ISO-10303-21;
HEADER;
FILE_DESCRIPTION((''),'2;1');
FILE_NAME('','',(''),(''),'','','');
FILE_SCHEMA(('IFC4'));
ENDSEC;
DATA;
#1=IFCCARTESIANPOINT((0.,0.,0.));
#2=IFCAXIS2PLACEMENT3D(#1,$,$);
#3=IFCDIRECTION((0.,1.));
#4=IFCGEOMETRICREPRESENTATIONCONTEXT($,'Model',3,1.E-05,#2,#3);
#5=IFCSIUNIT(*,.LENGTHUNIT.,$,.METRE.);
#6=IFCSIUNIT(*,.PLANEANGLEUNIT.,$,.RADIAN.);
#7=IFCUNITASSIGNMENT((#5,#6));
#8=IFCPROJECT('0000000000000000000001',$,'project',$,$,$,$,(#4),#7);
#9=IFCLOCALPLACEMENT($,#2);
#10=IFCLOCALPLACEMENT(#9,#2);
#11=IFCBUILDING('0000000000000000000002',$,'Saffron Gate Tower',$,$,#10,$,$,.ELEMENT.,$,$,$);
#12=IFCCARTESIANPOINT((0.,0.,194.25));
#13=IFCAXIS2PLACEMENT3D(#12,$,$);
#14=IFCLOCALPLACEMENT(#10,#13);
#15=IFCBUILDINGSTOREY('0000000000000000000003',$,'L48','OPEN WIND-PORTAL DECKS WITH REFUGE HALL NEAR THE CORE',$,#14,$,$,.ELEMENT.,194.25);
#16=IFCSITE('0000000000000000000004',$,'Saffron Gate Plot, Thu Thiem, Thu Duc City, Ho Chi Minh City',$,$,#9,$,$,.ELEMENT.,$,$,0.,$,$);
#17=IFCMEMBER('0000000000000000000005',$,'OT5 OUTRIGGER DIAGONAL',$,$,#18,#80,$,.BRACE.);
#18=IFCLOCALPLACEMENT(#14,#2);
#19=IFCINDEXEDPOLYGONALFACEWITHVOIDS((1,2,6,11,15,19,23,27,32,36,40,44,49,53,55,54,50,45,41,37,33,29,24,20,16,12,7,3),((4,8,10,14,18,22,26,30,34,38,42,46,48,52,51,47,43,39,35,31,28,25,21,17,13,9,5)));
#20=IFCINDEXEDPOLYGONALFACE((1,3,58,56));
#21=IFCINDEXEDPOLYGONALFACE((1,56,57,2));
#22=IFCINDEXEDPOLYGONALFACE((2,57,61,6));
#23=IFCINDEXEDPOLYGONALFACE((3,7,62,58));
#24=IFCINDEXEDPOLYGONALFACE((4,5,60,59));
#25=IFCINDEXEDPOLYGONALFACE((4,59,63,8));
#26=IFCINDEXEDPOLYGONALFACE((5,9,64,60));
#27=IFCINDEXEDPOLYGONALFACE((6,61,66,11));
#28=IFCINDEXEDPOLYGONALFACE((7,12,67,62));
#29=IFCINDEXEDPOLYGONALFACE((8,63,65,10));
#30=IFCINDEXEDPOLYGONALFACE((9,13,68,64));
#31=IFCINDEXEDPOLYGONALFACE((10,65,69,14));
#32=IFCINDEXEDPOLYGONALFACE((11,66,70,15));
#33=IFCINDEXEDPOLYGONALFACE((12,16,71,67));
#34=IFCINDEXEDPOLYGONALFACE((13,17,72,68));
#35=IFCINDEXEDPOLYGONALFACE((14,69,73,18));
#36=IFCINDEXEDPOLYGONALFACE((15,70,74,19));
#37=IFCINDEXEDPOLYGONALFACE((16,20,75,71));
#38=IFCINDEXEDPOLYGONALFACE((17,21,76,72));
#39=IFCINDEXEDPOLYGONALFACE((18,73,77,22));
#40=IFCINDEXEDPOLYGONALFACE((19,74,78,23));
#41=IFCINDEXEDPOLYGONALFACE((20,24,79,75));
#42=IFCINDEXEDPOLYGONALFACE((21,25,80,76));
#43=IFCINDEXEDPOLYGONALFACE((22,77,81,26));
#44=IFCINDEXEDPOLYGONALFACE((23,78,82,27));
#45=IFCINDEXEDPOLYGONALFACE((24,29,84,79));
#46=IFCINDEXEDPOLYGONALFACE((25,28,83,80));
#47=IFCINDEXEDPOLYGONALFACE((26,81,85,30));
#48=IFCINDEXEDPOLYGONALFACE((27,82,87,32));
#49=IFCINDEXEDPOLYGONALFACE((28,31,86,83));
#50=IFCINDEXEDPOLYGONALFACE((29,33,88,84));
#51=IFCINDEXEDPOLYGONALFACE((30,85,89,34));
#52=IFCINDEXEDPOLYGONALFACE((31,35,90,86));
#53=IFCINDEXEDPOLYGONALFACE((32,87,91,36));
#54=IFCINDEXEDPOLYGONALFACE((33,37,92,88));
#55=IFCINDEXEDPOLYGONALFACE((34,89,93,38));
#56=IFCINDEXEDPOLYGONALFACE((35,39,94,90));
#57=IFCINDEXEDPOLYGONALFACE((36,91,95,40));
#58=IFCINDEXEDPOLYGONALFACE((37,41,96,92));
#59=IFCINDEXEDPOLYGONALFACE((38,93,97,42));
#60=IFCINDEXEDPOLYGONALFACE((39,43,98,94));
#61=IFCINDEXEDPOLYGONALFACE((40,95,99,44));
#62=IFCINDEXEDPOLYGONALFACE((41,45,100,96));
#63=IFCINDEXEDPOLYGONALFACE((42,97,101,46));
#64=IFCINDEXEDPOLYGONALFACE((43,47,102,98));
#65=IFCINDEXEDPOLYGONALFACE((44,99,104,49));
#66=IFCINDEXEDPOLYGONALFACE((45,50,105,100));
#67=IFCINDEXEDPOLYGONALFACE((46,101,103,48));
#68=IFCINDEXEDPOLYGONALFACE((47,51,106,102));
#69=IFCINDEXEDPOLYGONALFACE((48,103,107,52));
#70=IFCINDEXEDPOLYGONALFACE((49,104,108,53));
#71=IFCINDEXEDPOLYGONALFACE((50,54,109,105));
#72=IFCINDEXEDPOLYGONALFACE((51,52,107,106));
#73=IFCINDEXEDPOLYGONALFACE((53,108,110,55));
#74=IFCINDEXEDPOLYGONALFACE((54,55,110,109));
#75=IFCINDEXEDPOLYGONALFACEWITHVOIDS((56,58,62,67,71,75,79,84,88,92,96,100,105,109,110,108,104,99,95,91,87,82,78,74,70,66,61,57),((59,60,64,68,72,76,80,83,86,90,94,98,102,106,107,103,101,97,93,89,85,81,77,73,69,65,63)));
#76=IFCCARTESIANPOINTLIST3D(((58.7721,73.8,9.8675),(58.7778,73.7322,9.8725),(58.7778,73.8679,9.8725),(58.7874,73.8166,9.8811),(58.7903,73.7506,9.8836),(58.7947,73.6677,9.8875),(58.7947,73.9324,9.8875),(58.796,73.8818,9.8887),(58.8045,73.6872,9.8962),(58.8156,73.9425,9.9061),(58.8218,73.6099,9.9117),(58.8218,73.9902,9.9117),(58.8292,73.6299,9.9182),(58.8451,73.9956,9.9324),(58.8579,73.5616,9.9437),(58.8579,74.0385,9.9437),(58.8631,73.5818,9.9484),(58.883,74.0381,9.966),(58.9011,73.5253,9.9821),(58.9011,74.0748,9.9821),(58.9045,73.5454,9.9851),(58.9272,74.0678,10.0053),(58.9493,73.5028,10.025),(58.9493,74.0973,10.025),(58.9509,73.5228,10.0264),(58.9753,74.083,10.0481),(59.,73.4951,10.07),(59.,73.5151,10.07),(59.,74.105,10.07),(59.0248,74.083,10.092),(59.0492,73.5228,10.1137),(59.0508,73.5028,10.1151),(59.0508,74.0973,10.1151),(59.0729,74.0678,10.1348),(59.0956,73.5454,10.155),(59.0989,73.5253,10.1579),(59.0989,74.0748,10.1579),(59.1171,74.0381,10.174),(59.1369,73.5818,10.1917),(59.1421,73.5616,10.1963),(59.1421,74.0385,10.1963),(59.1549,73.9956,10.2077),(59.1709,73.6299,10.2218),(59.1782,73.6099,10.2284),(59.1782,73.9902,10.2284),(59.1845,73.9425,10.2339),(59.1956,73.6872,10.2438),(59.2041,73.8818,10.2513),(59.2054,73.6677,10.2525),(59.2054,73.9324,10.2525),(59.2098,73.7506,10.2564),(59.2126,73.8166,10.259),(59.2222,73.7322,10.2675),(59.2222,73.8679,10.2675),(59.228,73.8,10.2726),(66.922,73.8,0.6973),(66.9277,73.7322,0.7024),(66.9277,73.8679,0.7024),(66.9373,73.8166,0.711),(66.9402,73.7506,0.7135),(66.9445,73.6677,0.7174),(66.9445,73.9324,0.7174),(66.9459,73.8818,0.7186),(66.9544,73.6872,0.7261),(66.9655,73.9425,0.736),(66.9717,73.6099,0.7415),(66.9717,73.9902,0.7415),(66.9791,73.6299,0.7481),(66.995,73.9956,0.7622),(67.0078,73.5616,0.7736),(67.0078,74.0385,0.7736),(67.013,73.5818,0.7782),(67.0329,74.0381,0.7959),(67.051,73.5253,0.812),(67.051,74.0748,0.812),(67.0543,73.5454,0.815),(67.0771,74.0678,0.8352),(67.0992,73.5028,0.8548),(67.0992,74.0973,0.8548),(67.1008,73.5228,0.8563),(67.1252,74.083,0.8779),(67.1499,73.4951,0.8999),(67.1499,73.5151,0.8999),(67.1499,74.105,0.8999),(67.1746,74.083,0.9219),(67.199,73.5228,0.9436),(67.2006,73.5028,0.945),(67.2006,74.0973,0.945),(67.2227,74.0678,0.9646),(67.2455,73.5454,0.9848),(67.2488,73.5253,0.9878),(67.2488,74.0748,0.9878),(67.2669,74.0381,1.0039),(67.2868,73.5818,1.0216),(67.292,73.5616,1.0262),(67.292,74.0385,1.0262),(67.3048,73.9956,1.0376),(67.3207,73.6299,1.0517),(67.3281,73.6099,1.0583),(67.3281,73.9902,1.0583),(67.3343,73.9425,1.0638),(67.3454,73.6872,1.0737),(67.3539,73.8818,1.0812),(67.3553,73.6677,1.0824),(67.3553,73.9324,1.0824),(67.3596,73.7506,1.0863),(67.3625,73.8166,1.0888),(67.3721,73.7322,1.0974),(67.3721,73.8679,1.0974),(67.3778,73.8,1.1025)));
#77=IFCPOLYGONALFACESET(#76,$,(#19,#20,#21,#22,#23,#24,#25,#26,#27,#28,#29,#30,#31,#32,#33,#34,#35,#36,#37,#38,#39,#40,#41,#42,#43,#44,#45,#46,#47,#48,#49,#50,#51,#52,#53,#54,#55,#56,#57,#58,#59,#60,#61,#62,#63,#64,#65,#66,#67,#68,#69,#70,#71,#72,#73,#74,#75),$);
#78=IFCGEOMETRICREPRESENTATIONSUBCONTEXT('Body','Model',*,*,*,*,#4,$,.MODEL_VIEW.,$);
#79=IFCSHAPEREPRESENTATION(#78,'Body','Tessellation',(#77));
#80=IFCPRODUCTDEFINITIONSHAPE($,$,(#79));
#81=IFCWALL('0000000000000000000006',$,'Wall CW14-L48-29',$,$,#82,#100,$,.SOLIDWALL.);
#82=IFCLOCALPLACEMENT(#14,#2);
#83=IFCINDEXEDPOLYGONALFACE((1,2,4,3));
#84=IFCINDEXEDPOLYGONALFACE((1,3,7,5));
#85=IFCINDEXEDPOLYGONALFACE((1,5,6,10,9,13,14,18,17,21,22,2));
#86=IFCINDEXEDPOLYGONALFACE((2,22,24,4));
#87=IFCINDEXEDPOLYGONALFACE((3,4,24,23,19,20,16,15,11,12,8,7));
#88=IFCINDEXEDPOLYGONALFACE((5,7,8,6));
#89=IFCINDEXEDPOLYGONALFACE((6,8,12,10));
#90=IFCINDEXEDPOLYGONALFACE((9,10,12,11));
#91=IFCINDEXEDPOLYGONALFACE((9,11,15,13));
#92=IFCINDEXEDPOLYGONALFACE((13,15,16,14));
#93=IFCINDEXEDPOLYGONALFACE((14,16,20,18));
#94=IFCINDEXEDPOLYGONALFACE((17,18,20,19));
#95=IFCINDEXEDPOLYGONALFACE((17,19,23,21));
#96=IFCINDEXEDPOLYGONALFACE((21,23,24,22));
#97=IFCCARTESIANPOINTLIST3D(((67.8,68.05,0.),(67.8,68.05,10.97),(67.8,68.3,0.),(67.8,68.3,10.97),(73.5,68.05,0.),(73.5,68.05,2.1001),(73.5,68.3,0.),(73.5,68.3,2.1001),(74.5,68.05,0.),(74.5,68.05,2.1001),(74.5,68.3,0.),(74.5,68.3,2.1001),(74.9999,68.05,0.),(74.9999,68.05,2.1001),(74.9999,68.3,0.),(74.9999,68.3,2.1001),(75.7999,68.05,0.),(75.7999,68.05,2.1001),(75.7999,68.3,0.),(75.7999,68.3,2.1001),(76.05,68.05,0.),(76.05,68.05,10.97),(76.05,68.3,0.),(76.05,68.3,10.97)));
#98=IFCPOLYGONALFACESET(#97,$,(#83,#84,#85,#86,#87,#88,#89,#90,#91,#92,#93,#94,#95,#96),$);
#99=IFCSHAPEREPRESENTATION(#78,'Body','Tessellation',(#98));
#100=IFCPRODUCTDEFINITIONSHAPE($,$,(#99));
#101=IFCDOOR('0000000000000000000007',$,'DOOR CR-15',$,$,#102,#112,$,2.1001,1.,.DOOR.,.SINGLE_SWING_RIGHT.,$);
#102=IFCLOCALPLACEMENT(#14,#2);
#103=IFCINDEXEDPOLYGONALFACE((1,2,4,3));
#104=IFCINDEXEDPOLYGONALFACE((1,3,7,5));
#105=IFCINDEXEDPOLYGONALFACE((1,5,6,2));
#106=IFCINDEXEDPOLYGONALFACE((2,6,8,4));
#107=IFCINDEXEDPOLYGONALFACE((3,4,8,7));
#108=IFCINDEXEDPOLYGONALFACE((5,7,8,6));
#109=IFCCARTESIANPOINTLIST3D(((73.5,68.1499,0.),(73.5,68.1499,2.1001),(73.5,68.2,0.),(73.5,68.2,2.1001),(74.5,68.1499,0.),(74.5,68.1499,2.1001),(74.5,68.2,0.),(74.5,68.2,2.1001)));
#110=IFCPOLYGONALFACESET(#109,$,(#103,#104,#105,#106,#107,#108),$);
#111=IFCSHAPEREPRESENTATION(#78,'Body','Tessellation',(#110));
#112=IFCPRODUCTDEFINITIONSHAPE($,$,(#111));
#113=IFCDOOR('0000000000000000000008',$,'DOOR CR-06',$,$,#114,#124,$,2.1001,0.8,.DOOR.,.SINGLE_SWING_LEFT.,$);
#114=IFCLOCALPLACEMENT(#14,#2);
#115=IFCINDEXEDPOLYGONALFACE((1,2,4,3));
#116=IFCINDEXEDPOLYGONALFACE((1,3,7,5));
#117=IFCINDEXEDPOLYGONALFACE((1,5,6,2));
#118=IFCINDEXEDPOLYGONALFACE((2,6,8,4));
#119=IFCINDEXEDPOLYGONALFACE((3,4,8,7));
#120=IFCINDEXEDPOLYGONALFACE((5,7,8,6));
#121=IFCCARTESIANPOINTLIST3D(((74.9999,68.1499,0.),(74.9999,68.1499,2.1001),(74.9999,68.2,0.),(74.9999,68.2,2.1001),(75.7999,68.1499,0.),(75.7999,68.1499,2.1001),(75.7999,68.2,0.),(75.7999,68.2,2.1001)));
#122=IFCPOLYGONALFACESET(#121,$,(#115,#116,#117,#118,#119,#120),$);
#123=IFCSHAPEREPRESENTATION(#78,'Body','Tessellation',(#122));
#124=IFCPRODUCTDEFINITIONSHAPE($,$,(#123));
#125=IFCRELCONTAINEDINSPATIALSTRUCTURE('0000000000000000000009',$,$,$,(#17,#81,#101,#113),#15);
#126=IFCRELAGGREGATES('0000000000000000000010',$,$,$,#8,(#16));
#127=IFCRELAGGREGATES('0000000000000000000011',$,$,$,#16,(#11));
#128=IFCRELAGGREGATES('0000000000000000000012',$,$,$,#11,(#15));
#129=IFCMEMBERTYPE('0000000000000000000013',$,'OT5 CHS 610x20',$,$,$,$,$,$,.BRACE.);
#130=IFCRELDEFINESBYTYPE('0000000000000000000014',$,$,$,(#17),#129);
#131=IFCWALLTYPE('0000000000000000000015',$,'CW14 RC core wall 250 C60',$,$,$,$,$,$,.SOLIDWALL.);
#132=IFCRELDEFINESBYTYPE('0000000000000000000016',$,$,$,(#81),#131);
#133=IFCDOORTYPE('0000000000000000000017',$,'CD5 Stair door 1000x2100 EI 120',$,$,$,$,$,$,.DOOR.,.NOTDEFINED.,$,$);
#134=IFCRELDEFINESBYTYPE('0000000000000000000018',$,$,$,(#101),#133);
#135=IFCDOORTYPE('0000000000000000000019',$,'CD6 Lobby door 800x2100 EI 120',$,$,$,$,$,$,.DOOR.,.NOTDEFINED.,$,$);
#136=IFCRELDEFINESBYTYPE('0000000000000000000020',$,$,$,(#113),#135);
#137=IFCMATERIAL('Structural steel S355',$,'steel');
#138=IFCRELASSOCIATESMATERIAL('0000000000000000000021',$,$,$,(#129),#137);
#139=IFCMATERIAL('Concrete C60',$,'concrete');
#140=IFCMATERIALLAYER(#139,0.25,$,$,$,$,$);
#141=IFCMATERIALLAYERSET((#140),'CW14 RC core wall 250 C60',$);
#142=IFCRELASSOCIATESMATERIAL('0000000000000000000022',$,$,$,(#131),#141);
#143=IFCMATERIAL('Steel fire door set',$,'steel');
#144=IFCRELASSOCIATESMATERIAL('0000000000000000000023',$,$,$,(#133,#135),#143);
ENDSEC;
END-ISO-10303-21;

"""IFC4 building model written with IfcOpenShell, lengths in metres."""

from ifc_helpers import new_model, si_unit, direction, frame, frame_2d, origin, origin_2d, place, context, subcontext, project, spatial, rectangle, hollow_circle, extrude, material, layer, layer_set, material_profile, profile_set, type_object, element, fill, save


model = new_model("IFC4")

# Units and contexts
model_context = context("Model", 3, precision=1e-05, world=origin(), true_north=direction((0.0, 1.0)))
body_context = subcontext(model_context, "Body", "Model", "MODEL_VIEW")
ifc_project = project(units=[si_unit("LENGTHUNIT", "METRE"), si_unit("PLANEANGLEUNIT", "RADIAN")], contexts=[model_context])

# Site, building, storey
site_placement = place(None, origin())
site = spatial("IfcSite", under=ifc_project, at=site_placement, Name="Saffron Gate Plot, Thu Thiem, Thu Duc City, Ho Chi Minh City", CompositionType="ELEMENT", RefElevation=0.0)
building_placement = place(site_placement, origin())
building = spatial("IfcBuilding", under=site, at=building_placement, Name="Saffron Gate Tower", CompositionType="ELEMENT")
storey_placement = place(building_placement, frame((0.0, 0.0, 194.25)))
storey = spatial("IfcBuildingStorey", under=building, at=storey_placement, Name="L48", Description="OPEN WIND-PORTAL DECKS WITH REFUGE HALL NEAR THE CORE", CompositionType="ELEMENT", Elevation=194.25)

# Shared definitions
ifc_material_1 = material(Name="Structural steel S355", Category="steel")

# Member
ifc_material_profile_1 = material_profile(ifc_material_1, hollow_circle(Radius=0.3049, WallThickness=0.02, at=origin_2d()))
ifc_profile_set_1 = profile_set([ifc_material_profile_1], Name="Structural steel S355")
member_type_1 = type_object("IfcMemberType", Name="OT5 CHS 610x20", PredefinedType="BRACE", material=ifc_profile_set_1)
member_placement = place(storey_placement, frame((67.1499, 73.8, 0.8999), z_axis=(-0.664302, 0.0, 0.747464), x_axis=(0.0, -1.0, 0.0)))
element("IfcMember", 1, at=member_placement, inside=storey, type_object=member_type_1, Name="OT5 OUTRIGGER DIAGONAL", PredefinedType="BRACE", context=body_context, shape_type="SweptSolid", body=[
    extrude(hollow_circle(Radius=0.3049, WallThickness=0.02, at=origin_2d()), origin(), (0.0, 0.0, 1.0), 12.2683),
])

# Wall, openings, doors
ifc_material_2 = material(Name="Concrete C60", Category="concrete")
ifc_layer_1 = layer(ifc_material_2, 0.25)
ifc_layer_set_1 = layer_set([ifc_layer_1], Name="CW14 RC core wall 250 C60")
wall_type_1 = type_object("IfcWallType", Name="CW14 RC core wall 250 C60", PredefinedType="SOLIDWALL", material=ifc_layer_set_1)
wall_1_placement = place(storey_placement, frame((67.8, 68.175, 0.0), z_axis=(0.0, 0.0, 1.0), x_axis=(1.0, 0.0, 0.0)))
wall_1 = element("IfcWall", 2, at=wall_1_placement, inside=storey, type_object=wall_type_1, Name="Wall CW14-L48-29", PredefinedType="SOLIDWALL", context=body_context, shape_type="SweptSolid", body=[
    extrude(rectangle(XDim=8.25, YDim=0.25, at=frame_2d((4.125, 0.0))), origin(), (0.0, 0.0, 1.0), 10.97),
])
opening_1_placement = place(wall_1_placement, frame((5.7, 0.0, 0.0)))
opening_1 = element("IfcOpeningElement", 3, at=opening_1_placement, cuts=wall_1, PredefinedType="OPENING", context=body_context, shape_type="SweptSolid", body=[
    extrude(rectangle(XDim=1.0, YDim=2.1001, at=frame_2d((0.5, 1.05))), frame((0.0, 0.135, 0.0), z_axis=(0.0, -1.0, 0.0), x_axis=(1.0, 0.0, 0.0)), (0.0, 0.0, 1.0), 0.27),
])
opening_2_placement = place(wall_1_placement, frame((7.2, 0.0, 0.0)))
opening_2 = element("IfcOpeningElement", 4, at=opening_2_placement, cuts=wall_1, PredefinedType="OPENING", context=body_context, shape_type="SweptSolid", body=[
    extrude(rectangle(XDim=0.8, YDim=2.1001, at=frame_2d((0.3999, 1.05))), frame((0.0, 0.135, 0.0), z_axis=(0.0, -1.0, 0.0), x_axis=(1.0, 0.0, 0.0)), (0.0, 0.0, 1.0), 0.27),
])
ifc_material_3 = material(Name="Steel fire door set", Category="steel")
door_type_1 = type_object("IfcDoorType", Name="CD5 Stair door 1000x2100 EI 120", OperationType="NOTDEFINED", PredefinedType="DOOR", material=ifc_material_3)
door_1_placement = place(opening_1_placement, origin())
door_1 = element("IfcDoor", 5, at=door_1_placement, inside=storey, type_object=door_type_1, Name="DOOR CR-15", OperationType="SINGLE_SWING_RIGHT", OverallHeight=2.1001, OverallWidth=1.0, PredefinedType="DOOR", context=body_context, shape_type="SweptSolid", body=[
    extrude(rectangle(XDim=1.0, YDim=2.1001, at=frame_2d((0.5, 1.05))), frame((0.0, 0.0249, 0.0), z_axis=(0.0, -1.0, 0.0), x_axis=(1.0, 0.0, 0.0)), (0.0, 0.0, 1.0), 0.05),
])
fill(opening_1, door_1)
door_type_2 = type_object("IfcDoorType", Name="CD6 Lobby door 800x2100 EI 120", OperationType="NOTDEFINED", PredefinedType="DOOR", material=ifc_material_3)
door_2_placement = place(opening_2_placement, origin())
door_2 = element("IfcDoor", 6, at=door_2_placement, inside=storey, type_object=door_type_2, Name="DOOR CR-06", OperationType="SINGLE_SWING_LEFT", OverallHeight=2.1001, OverallWidth=0.8, PredefinedType="DOOR", context=body_context, shape_type="SweptSolid", body=[
    extrude(rectangle(XDim=0.8, YDim=2.1001, at=frame_2d((0.3999, 1.05))), frame((0.0, 0.0249, 0.0), z_axis=(0.0, -1.0, 0.0), x_axis=(1.0, 0.0, 0.0)), (0.0, 0.0, 1.0), 0.05),
])
fill(opening_2, door_2)

save(model, "model.ifc")
